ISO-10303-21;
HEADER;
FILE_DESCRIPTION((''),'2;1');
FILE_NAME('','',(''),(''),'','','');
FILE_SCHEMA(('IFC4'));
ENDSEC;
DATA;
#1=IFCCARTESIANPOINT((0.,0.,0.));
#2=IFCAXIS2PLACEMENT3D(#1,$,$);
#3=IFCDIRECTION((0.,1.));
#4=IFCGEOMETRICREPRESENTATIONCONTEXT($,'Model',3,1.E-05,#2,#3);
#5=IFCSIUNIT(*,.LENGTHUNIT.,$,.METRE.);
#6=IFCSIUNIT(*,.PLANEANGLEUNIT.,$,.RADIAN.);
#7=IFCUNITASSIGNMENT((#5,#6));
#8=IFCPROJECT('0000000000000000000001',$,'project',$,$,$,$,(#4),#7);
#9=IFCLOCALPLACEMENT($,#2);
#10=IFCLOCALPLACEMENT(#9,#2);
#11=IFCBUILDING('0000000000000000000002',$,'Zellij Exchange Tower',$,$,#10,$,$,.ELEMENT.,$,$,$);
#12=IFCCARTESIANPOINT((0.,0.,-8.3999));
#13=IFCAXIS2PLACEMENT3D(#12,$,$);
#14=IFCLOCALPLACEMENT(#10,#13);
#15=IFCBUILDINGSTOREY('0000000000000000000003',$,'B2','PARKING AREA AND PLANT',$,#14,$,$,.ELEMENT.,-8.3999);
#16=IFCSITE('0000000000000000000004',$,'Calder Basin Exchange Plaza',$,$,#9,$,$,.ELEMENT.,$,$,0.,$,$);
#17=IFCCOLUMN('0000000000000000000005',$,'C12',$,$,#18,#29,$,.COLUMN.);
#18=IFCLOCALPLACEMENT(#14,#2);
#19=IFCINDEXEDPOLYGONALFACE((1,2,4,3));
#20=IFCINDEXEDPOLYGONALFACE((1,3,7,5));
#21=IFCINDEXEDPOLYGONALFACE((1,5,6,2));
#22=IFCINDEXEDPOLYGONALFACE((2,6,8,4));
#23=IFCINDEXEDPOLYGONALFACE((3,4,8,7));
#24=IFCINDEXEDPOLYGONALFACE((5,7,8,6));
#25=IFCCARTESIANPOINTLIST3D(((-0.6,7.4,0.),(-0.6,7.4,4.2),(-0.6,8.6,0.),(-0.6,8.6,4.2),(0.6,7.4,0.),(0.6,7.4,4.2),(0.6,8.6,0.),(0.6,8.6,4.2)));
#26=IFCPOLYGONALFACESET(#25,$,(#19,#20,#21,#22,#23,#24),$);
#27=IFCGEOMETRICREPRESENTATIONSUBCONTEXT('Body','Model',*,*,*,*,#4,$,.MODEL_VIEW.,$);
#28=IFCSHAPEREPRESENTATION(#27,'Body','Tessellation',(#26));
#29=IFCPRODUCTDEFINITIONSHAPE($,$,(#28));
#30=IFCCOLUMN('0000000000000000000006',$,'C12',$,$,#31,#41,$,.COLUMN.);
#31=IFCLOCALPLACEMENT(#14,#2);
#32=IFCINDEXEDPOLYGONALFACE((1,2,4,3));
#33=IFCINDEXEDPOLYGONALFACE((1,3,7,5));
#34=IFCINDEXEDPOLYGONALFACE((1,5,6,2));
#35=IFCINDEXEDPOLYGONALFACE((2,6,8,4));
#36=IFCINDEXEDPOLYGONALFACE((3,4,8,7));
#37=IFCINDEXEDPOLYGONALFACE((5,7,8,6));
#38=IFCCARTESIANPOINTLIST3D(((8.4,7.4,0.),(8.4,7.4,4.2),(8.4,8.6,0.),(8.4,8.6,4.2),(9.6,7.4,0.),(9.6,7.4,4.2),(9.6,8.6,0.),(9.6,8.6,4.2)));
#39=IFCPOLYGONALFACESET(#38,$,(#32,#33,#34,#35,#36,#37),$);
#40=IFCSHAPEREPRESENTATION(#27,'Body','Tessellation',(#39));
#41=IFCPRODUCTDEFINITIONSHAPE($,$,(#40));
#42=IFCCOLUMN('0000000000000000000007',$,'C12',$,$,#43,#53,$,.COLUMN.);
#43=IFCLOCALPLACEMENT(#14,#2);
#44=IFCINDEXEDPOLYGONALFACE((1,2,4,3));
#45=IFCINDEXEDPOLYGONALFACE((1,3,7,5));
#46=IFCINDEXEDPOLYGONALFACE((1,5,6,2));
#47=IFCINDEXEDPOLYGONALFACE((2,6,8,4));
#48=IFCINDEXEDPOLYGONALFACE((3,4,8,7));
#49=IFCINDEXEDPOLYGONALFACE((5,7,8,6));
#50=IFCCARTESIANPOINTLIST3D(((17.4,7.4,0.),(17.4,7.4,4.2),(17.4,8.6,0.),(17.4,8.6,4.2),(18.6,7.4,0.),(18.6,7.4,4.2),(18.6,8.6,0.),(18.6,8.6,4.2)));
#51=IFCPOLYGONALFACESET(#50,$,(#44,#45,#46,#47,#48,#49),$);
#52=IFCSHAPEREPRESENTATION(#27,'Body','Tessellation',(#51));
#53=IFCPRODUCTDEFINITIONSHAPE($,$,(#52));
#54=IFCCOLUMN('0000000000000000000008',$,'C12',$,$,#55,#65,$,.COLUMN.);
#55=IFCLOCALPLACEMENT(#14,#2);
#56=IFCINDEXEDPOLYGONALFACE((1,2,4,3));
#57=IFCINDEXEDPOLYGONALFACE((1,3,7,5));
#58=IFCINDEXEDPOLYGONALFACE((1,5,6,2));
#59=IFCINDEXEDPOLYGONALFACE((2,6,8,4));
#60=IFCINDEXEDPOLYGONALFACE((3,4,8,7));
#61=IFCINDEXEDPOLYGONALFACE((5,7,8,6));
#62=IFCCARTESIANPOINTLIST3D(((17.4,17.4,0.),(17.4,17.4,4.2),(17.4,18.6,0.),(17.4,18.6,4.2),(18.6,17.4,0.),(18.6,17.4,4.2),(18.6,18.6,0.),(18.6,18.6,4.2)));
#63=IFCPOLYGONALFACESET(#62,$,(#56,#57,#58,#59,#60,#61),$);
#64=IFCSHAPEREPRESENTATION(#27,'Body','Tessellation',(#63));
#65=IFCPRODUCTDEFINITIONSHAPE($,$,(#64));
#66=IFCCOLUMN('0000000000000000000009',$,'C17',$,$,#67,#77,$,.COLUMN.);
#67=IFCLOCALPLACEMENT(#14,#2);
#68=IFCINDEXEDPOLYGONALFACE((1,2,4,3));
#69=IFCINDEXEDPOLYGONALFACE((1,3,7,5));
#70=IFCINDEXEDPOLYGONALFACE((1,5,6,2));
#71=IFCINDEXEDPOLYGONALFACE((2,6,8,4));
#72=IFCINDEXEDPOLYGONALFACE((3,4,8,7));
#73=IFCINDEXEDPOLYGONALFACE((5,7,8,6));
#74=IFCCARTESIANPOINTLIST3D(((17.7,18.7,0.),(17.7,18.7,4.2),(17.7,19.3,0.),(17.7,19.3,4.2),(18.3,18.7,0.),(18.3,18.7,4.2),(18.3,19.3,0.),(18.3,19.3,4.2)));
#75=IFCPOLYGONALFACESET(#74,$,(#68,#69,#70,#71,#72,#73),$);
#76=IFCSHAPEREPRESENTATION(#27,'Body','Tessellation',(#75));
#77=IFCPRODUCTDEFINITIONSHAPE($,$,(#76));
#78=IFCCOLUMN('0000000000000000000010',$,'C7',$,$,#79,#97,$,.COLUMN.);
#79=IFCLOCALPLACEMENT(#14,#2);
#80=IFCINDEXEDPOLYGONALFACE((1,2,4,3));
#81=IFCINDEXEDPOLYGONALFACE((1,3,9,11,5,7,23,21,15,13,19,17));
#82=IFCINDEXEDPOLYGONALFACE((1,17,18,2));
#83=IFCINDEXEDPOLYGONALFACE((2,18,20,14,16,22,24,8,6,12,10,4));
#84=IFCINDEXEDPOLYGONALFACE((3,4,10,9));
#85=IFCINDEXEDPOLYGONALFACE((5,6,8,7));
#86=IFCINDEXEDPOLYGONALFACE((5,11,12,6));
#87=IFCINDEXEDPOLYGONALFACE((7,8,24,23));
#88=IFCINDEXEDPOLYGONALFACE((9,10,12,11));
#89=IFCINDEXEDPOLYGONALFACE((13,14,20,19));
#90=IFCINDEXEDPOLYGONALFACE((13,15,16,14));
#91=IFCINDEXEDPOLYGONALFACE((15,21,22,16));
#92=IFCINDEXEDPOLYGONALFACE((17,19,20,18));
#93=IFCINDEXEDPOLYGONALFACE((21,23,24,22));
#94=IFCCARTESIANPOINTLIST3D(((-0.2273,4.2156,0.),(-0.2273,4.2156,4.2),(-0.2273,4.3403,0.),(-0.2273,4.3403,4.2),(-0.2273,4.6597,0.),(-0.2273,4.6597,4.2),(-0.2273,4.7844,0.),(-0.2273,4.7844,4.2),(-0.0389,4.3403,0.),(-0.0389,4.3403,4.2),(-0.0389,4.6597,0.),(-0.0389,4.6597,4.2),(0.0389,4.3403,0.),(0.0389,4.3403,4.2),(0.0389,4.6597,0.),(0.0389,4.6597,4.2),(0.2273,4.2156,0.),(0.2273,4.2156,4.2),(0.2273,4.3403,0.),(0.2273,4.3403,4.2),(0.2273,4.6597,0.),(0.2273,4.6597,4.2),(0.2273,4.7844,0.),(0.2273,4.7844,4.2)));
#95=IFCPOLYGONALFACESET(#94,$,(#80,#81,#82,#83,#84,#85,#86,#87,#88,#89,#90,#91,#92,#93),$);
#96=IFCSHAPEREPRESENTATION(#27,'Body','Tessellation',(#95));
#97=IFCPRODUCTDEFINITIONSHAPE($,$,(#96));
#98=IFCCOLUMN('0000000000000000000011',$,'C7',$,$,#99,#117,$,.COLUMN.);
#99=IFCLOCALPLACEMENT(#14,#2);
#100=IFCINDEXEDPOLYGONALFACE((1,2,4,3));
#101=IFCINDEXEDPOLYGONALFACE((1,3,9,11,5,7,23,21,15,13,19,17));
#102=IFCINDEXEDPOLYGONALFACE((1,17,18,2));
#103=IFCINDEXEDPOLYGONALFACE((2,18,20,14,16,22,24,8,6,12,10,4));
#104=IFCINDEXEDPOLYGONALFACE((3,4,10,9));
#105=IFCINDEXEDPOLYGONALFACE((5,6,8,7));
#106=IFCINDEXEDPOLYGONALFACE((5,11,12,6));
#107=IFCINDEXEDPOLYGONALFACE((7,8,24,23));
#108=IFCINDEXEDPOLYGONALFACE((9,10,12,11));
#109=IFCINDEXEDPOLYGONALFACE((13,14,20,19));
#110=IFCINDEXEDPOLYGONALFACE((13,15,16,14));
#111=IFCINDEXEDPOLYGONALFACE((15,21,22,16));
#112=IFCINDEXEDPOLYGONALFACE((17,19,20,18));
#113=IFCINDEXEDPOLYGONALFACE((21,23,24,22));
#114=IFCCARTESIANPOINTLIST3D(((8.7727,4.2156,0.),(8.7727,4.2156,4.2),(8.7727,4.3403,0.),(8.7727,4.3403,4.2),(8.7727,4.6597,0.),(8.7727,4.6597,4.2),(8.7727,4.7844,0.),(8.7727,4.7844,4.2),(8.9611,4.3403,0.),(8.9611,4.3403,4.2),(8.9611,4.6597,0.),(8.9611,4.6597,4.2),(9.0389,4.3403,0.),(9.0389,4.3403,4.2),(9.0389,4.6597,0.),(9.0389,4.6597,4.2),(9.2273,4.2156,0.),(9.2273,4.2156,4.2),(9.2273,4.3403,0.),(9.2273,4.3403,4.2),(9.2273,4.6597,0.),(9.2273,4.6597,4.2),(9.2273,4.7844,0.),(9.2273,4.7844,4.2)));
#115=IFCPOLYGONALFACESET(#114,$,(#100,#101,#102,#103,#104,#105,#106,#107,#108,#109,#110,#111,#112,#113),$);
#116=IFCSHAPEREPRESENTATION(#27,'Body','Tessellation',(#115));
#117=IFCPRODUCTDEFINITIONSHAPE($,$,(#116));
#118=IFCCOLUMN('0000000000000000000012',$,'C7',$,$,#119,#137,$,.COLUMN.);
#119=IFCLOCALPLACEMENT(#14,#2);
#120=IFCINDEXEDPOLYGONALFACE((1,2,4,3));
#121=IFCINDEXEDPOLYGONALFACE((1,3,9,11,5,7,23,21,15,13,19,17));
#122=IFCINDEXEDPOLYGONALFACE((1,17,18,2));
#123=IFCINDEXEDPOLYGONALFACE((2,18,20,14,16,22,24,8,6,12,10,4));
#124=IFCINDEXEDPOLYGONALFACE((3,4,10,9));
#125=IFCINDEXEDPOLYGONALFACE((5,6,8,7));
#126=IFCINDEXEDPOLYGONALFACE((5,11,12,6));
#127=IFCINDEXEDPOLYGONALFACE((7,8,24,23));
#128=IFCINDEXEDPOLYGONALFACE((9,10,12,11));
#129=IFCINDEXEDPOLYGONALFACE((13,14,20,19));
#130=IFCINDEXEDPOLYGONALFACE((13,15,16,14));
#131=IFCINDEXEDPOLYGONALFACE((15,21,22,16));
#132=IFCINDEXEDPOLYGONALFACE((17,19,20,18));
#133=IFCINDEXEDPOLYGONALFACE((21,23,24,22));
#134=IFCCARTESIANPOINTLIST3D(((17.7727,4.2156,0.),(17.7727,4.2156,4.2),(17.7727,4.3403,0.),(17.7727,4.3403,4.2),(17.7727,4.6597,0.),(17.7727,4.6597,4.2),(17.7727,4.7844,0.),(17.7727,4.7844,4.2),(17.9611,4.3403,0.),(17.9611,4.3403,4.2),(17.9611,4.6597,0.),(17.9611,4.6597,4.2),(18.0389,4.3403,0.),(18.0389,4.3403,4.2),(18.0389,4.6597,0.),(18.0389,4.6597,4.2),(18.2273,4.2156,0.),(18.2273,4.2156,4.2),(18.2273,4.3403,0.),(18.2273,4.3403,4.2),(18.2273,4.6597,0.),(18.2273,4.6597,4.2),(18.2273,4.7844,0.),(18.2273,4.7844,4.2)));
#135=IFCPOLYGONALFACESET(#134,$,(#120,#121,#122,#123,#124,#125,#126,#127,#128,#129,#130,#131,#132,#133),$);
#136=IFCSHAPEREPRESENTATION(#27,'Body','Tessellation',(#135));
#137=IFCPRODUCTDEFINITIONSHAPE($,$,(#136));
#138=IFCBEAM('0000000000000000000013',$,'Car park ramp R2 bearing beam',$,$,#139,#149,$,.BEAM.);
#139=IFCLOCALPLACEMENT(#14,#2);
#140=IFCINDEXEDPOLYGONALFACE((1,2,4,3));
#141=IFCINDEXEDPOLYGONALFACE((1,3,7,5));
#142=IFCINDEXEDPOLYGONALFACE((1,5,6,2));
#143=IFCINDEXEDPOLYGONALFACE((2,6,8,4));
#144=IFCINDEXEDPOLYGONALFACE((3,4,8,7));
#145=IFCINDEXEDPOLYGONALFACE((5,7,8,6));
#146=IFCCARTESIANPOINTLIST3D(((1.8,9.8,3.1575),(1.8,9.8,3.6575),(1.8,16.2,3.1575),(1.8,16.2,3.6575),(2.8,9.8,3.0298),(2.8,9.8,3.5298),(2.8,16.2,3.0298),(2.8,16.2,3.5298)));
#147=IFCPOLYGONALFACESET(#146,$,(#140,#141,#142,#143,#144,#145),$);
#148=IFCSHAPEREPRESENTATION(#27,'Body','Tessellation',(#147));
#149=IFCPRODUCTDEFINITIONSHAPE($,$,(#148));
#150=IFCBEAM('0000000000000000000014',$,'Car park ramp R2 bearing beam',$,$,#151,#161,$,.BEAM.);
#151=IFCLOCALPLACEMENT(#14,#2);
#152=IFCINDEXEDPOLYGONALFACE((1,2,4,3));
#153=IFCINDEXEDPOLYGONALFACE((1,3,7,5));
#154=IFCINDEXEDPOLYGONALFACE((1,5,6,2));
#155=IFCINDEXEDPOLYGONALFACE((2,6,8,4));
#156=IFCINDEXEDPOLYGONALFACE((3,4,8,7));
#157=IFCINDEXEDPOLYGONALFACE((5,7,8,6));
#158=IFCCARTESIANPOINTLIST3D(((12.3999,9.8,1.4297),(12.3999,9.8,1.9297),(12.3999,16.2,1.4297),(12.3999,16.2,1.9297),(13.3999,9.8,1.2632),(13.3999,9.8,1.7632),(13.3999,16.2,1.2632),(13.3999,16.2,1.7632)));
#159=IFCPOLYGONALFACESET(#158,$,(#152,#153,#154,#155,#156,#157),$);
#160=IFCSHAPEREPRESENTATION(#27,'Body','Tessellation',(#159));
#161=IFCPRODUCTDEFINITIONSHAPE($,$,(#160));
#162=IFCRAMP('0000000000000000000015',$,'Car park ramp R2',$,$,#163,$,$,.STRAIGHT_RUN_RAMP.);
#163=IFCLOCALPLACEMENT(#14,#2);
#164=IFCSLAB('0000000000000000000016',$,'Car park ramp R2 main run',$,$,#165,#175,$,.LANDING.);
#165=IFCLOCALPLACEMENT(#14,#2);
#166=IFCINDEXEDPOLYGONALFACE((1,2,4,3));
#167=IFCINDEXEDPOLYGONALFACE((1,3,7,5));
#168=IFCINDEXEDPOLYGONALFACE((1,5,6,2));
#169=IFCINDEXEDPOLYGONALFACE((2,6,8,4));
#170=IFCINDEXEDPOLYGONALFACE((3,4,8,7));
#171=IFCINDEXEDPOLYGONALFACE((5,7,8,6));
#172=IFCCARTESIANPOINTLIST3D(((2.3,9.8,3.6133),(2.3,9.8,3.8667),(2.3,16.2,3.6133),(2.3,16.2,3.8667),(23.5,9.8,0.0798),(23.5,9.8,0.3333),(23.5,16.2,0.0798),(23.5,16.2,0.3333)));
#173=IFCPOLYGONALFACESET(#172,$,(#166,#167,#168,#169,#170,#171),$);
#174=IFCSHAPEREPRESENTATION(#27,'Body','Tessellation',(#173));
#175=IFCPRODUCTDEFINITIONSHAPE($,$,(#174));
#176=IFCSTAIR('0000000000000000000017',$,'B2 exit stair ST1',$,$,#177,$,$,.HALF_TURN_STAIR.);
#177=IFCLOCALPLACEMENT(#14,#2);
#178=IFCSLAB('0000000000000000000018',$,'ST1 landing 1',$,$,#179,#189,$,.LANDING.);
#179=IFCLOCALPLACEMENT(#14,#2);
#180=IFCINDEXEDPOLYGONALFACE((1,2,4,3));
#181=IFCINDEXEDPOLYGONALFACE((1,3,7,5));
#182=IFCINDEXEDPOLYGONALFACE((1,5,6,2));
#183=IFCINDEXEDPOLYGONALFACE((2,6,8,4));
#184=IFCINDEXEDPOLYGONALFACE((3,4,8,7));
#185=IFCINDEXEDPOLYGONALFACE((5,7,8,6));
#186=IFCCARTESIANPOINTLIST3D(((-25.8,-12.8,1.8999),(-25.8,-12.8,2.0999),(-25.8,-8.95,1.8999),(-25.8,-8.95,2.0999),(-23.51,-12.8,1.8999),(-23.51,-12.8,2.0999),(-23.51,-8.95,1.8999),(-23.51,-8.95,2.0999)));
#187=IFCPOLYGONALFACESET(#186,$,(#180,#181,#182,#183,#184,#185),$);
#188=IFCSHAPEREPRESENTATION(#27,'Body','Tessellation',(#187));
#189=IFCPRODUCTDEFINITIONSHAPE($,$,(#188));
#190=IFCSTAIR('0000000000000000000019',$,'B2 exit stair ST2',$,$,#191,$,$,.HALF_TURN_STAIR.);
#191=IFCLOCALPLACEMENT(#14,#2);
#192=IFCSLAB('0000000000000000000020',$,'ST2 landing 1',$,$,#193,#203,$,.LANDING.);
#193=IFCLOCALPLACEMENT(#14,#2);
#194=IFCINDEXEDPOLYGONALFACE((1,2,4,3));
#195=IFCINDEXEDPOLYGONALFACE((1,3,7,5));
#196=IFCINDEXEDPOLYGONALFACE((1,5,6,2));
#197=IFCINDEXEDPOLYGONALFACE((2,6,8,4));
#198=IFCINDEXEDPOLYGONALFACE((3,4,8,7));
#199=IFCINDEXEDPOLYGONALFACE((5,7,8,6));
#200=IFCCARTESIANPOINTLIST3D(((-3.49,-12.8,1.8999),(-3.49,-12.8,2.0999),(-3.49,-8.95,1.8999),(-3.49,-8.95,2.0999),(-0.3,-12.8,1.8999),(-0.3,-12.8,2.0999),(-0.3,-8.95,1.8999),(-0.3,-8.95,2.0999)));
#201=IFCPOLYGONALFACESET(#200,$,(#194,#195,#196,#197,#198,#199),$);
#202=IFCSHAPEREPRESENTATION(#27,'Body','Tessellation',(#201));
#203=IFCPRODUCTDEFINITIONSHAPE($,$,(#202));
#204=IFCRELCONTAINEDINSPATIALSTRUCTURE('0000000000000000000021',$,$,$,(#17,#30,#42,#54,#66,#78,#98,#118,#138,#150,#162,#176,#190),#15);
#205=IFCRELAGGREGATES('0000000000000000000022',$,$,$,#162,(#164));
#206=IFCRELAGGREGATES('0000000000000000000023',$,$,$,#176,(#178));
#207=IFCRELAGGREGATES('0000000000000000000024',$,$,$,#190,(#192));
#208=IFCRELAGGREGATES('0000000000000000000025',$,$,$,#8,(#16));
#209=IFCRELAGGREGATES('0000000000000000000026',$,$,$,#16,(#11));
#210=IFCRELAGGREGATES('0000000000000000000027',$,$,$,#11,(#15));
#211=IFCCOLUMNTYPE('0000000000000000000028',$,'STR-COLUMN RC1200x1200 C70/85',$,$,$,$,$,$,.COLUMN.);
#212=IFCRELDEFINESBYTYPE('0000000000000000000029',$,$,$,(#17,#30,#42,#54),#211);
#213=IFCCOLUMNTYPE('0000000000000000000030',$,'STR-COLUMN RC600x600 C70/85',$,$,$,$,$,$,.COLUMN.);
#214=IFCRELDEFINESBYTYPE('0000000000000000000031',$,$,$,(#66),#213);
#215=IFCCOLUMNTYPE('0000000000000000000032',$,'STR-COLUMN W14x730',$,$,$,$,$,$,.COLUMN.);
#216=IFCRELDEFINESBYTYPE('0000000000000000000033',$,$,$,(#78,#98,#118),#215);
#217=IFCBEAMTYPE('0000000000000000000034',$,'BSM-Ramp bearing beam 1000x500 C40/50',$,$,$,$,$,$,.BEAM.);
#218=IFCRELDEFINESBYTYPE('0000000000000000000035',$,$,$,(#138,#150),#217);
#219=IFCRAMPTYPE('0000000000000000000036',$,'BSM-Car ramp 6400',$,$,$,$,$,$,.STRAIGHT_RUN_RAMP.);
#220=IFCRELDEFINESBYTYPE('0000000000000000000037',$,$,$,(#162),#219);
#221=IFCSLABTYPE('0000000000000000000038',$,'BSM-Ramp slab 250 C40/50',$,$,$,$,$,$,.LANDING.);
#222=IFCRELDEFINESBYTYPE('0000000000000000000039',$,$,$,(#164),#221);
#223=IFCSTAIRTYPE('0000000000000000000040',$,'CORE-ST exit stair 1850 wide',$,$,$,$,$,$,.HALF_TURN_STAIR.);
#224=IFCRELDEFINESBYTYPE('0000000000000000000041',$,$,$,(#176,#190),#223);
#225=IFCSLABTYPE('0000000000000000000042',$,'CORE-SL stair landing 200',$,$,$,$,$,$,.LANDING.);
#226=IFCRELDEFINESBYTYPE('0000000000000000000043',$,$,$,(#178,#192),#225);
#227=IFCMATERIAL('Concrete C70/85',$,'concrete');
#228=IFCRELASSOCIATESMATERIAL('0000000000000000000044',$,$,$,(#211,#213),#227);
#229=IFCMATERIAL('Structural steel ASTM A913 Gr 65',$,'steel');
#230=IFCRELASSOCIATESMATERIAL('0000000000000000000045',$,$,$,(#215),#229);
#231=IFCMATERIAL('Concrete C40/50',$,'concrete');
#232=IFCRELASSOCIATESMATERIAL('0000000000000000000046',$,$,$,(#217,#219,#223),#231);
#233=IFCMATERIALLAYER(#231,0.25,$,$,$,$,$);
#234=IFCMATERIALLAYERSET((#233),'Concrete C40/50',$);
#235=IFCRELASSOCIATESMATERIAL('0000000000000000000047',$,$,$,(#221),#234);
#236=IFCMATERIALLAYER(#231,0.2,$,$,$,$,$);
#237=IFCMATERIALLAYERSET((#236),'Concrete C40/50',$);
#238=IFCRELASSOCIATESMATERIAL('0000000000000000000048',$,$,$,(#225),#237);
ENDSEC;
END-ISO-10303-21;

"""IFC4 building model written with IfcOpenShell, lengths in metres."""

from ifc_helpers import new_model, si_unit, direction, frame, origin, origin_2d, place, context, subcontext, project, spatial, polyline, rectangle, i_section, outline, extrude, material, layer, layer_set, material_profile, profile_set, type_object, element, aggregate, save


model = new_model("IFC4")

# Units and contexts
model_context = context("Model", 3, precision=1e-05, world=origin(), true_north=direction((0.0, 1.0)))
body_context = subcontext(model_context, "Body", "Model", "MODEL_VIEW")
ifc_project = project(units=[si_unit("LENGTHUNIT", "METRE"), si_unit("PLANEANGLEUNIT", "RADIAN")], contexts=[model_context])

# Site, building, storey
site_placement = place(None, origin())
site = spatial("IfcSite", under=ifc_project, at=site_placement, Name="Calder Basin Exchange Plaza", CompositionType="ELEMENT", RefElevation=0.0)
building_placement = place(site_placement, origin())
building = spatial("IfcBuilding", under=site, at=building_placement, Name="Zellij Exchange Tower", CompositionType="ELEMENT")
storey_placement = place(building_placement, frame((0.0, 0.0, -8.3999)))
storey = spatial("IfcBuildingStorey", under=building, at=storey_placement, Name="B2", Description="PARKING AREA AND PLANT", CompositionType="ELEMENT", Elevation=-8.3999)

# Columns
ifc_material_1 = material(Name="Concrete C70/85", Category="concrete")
ifc_material_profile_1 = material_profile(ifc_material_1, rectangle(XDim=1.2, YDim=1.2, at=origin_2d()), Name="STR-COLUMN RC1200x1200 C70/85")
ifc_profile_set_1 = profile_set([ifc_material_profile_1], Name="Concrete C70/85")
column_type_1 = type_object("IfcColumnType", Name="STR-COLUMN RC1200x1200 C70/85", PredefinedType="COLUMN", material=ifc_profile_set_1)
for number, where, z_axis, x_axis, name in (
    (1, (0.0, 8.0, 0.0), (0.0, 0.0, 1.0), (1.0, 0.0, 0.0), "C12"),
    (2, (9.0, 8.0, 0.0), (0.0, 0.0, 1.0), (1.0, 0.0, 0.0), "C12"),
    (3, (18.0, 8.0, 0.0), (0.0, 0.0, 1.0), (1.0, 0.0, 0.0), "C12"),
    (4, (18.0, 18.0, 0.0), (0.0, 0.0, 1.0), (1.0, 0.0, 0.0), "C12"),
):
    element("IfcColumn", number, at=place(storey_placement, frame(where, z_axis=z_axis, x_axis=x_axis)), inside=storey, type_object=column_type_1, Name=name, PredefinedType="COLUMN", context=body_context, shape_type="SweptSolid", body=[
        extrude(rectangle(XDim=1.2, YDim=1.2, at=origin_2d()), origin(), (0.0, 0.0, 1.0), 4.2),
    ])
ifc_material_profile_2 = material_profile(ifc_material_1, rectangle(XDim=0.6001, YDim=0.6001, at=origin_2d()), Name="STR-COLUMN RC600x600 C70/85")
ifc_profile_set_2 = profile_set([ifc_material_profile_2], Name="Concrete C70/85")
column_type_2 = type_object("IfcColumnType", Name="STR-COLUMN RC600x600 C70/85", PredefinedType="COLUMN", material=ifc_profile_set_2)
column_placement = place(storey_placement, frame((18.0, 19.0, 0.0), z_axis=(0.0, 0.0, 1.0), x_axis=(1.0, 0.0, 0.0)))
element("IfcColumn", 5, at=column_placement, inside=storey, type_object=column_type_2, Name="C17", PredefinedType="COLUMN", context=body_context, shape_type="SweptSolid", body=[
    extrude(rectangle(XDim=0.6001, YDim=0.6001, at=origin_2d()), origin(), (0.0, 0.0, 1.0), 4.2),
])
ifc_material_2 = material(Name="Structural steel ASTM A913 Gr 65", Category="steel")
ifc_material_profile_3 = material_profile(ifc_material_2, i_section(OverallWidth=0.4546, OverallDepth=0.5688, WebThickness=0.0779, FlangeThickness=0.1248, at=origin_2d()), Name="W14x730")
ifc_profile_set_3 = profile_set([ifc_material_profile_3], Name="Structural steel ASTM A913 Gr 65")
column_type_3 = type_object("IfcColumnType", Name="STR-COLUMN W14x730", PredefinedType="COLUMN", material=ifc_profile_set_3)
for number, where, z_axis, x_axis, name in (
    (6, (0.0, 4.5, 0.0), (0.0, 0.0, 1.0), (1.0, 0.0, 0.0), "C7"),
    (7, (9.0, 4.5, 0.0), (0.0, 0.0, 1.0), (1.0, 0.0, 0.0), "C7"),
    (8, (18.0, 4.5, 0.0), (0.0, 0.0, 1.0), (1.0, 0.0, 0.0), "C7"),
):
    element("IfcColumn", number, at=place(storey_placement, frame(where, z_axis=z_axis, x_axis=x_axis)), inside=storey, type_object=column_type_3, Name=name, PredefinedType="COLUMN", context=body_context, shape_type="SweptSolid", body=[
        extrude(i_section(OverallWidth=0.4546, OverallDepth=0.5688, WebThickness=0.0779, FlangeThickness=0.1248, at=origin_2d()), origin(), (0.0, 0.0, 1.0), 4.2),
    ])

# Beams
ifc_material_3 = material(Name="Concrete C40/50", Category="concrete")
beam_type = type_object("IfcBeamType", Name="BSM-Ramp bearing beam 1000x500 C40/50", PredefinedType="BEAM", material=ifc_material_3)
beam_1_placement = place(storey_placement, frame((1.8, 9.8, 3.6575), z_axis=(0.126657, 0.0, 0.991947), x_axis=(0.991947, 0.0, -0.126657)))
element("IfcBeam", 9, at=beam_1_placement, inside=storey, type_object=beam_type, Name="Car park ramp R2 bearing beam", PredefinedType="BEAM", context=body_context, shape_type="SweptSolid", body=[
    extrude(outline(polyline([(0.0, 0.0), (1.0081, 0.0), (1.0081, 6.3999), (0.0, 6.3999), (0.0, 0.0)])), origin(), (0.126657, 0.0, -0.991947), 0.5),
])
beam_2_placement = place(storey_placement, frame((12.3999, 9.8, 1.9297), z_axis=(0.164243, 0.0, 0.98642), x_axis=(0.98642, 0.0, -0.164243)))
element("IfcBeam", 10, at=beam_2_placement, inside=storey, type_object=beam_type, Name="Car park ramp R2 bearing beam", PredefinedType="BEAM", context=body_context, shape_type="SweptSolid", body=[
    extrude(outline(polyline([(0.0, 0.0), (1.0138, 0.0), (1.0138, 6.3999), (0.0, 6.3999), (0.0, 0.0)])), origin(), (0.164243, 0.0, -0.98642), 0.5),
])

# Ramp, slab
ramp_type = type_object("IfcRampType", Name="BSM-Car ramp 6400", PredefinedType="STRAIGHT_RUN_RAMP", material=ifc_material_3)
ramp_placement = place(storey_placement, origin())
ramp = element("IfcRamp", 11, at=ramp_placement, inside=storey, type_object=ramp_type, Name="Car park ramp R2", PredefinedType="STRAIGHT_RUN_RAMP")
ifc_layer_1 = layer(ifc_material_3, 0.25)
ifc_layer_set_1 = layer_set([ifc_layer_1], Name="Concrete C40/50")
slab_type_1 = type_object("IfcSlabType", Name="BSM-Ramp slab 250 C40/50", PredefinedType="LANDING", material=ifc_layer_set_1)
slab_1_placement = place(storey_placement, frame((2.3, 9.8, 3.8667), z_axis=(0.164405, 0.0, 0.986393), x_axis=(0.986393, 0.0, -0.164405)))
slab_1 = element("IfcSlab", 12, at=slab_1_placement, type_object=slab_type_1, Name="Car park ramp R2 main run", PredefinedType="LANDING", context=body_context, shape_type="SweptSolid", body=[
    extrude(outline(polyline([(0.0, 0.0), (21.4924, 0.0), (21.4924, 6.3999), (0.0, 6.3999), (0.0, 0.0)])), origin(), (0.164405, 0.0, -0.986393), 0.2534),
])
aggregate(ramp, [slab_1])

# Stairs, slabs
stair_type = type_object("IfcStairType", Name="CORE-ST exit stair 1850 wide", PredefinedType="HALF_TURN_STAIR", material=ifc_material_3)
stair_1_placement = place(storey_placement, origin())
stair_1 = element("IfcStair", 13, at=stair_1_placement, inside=storey, type_object=stair_type, Name="B2 exit stair ST1", PredefinedType="HALF_TURN_STAIR")
ifc_layer_2 = layer(ifc_material_3, 0.2)
ifc_layer_set_2 = layer_set([ifc_layer_2], Name="Concrete C40/50")
slab_type_2 = type_object("IfcSlabType", Name="CORE-SL stair landing 200", PredefinedType="LANDING", material=ifc_layer_set_2)
slab_2_placement = place(storey_placement, frame((0.0, 0.0, 1.8999)))
slab_2 = element("IfcSlab", 14, at=slab_2_placement, type_object=slab_type_2, Name="ST1 landing 1", PredefinedType="LANDING", context=body_context, shape_type="SweptSolid", body=[
    extrude(outline(polyline([(-23.51, -8.95), (-25.8, -8.95), (-25.8, -12.8), (-23.51, -12.8), (-23.51, -8.95)])), origin(), (0.0, 0.0, 1.0), 0.2),
])
aggregate(stair_1, [slab_2])
stair_2_placement = place(storey_placement, origin())
stair_2 = element("IfcStair", 15, at=stair_2_placement, inside=storey, type_object=stair_type, Name="B2 exit stair ST2", PredefinedType="HALF_TURN_STAIR")
slab_3_placement = place(storey_placement, frame((0.0, 0.0, 1.8999)))
slab_3 = element("IfcSlab", 16, at=slab_3_placement, type_object=slab_type_2, Name="ST2 landing 1", PredefinedType="LANDING", context=body_context, shape_type="SweptSolid", body=[
    extrude(outline(polyline([(-3.49, -12.8), (-0.3, -12.8), (-0.3, -8.95), (-3.49, -8.95), (-3.49, -12.8)])), origin(), (0.0, 0.0, 1.0), 0.2),
])
aggregate(stair_2, [slab_3])

save(model, "model.ifc")
